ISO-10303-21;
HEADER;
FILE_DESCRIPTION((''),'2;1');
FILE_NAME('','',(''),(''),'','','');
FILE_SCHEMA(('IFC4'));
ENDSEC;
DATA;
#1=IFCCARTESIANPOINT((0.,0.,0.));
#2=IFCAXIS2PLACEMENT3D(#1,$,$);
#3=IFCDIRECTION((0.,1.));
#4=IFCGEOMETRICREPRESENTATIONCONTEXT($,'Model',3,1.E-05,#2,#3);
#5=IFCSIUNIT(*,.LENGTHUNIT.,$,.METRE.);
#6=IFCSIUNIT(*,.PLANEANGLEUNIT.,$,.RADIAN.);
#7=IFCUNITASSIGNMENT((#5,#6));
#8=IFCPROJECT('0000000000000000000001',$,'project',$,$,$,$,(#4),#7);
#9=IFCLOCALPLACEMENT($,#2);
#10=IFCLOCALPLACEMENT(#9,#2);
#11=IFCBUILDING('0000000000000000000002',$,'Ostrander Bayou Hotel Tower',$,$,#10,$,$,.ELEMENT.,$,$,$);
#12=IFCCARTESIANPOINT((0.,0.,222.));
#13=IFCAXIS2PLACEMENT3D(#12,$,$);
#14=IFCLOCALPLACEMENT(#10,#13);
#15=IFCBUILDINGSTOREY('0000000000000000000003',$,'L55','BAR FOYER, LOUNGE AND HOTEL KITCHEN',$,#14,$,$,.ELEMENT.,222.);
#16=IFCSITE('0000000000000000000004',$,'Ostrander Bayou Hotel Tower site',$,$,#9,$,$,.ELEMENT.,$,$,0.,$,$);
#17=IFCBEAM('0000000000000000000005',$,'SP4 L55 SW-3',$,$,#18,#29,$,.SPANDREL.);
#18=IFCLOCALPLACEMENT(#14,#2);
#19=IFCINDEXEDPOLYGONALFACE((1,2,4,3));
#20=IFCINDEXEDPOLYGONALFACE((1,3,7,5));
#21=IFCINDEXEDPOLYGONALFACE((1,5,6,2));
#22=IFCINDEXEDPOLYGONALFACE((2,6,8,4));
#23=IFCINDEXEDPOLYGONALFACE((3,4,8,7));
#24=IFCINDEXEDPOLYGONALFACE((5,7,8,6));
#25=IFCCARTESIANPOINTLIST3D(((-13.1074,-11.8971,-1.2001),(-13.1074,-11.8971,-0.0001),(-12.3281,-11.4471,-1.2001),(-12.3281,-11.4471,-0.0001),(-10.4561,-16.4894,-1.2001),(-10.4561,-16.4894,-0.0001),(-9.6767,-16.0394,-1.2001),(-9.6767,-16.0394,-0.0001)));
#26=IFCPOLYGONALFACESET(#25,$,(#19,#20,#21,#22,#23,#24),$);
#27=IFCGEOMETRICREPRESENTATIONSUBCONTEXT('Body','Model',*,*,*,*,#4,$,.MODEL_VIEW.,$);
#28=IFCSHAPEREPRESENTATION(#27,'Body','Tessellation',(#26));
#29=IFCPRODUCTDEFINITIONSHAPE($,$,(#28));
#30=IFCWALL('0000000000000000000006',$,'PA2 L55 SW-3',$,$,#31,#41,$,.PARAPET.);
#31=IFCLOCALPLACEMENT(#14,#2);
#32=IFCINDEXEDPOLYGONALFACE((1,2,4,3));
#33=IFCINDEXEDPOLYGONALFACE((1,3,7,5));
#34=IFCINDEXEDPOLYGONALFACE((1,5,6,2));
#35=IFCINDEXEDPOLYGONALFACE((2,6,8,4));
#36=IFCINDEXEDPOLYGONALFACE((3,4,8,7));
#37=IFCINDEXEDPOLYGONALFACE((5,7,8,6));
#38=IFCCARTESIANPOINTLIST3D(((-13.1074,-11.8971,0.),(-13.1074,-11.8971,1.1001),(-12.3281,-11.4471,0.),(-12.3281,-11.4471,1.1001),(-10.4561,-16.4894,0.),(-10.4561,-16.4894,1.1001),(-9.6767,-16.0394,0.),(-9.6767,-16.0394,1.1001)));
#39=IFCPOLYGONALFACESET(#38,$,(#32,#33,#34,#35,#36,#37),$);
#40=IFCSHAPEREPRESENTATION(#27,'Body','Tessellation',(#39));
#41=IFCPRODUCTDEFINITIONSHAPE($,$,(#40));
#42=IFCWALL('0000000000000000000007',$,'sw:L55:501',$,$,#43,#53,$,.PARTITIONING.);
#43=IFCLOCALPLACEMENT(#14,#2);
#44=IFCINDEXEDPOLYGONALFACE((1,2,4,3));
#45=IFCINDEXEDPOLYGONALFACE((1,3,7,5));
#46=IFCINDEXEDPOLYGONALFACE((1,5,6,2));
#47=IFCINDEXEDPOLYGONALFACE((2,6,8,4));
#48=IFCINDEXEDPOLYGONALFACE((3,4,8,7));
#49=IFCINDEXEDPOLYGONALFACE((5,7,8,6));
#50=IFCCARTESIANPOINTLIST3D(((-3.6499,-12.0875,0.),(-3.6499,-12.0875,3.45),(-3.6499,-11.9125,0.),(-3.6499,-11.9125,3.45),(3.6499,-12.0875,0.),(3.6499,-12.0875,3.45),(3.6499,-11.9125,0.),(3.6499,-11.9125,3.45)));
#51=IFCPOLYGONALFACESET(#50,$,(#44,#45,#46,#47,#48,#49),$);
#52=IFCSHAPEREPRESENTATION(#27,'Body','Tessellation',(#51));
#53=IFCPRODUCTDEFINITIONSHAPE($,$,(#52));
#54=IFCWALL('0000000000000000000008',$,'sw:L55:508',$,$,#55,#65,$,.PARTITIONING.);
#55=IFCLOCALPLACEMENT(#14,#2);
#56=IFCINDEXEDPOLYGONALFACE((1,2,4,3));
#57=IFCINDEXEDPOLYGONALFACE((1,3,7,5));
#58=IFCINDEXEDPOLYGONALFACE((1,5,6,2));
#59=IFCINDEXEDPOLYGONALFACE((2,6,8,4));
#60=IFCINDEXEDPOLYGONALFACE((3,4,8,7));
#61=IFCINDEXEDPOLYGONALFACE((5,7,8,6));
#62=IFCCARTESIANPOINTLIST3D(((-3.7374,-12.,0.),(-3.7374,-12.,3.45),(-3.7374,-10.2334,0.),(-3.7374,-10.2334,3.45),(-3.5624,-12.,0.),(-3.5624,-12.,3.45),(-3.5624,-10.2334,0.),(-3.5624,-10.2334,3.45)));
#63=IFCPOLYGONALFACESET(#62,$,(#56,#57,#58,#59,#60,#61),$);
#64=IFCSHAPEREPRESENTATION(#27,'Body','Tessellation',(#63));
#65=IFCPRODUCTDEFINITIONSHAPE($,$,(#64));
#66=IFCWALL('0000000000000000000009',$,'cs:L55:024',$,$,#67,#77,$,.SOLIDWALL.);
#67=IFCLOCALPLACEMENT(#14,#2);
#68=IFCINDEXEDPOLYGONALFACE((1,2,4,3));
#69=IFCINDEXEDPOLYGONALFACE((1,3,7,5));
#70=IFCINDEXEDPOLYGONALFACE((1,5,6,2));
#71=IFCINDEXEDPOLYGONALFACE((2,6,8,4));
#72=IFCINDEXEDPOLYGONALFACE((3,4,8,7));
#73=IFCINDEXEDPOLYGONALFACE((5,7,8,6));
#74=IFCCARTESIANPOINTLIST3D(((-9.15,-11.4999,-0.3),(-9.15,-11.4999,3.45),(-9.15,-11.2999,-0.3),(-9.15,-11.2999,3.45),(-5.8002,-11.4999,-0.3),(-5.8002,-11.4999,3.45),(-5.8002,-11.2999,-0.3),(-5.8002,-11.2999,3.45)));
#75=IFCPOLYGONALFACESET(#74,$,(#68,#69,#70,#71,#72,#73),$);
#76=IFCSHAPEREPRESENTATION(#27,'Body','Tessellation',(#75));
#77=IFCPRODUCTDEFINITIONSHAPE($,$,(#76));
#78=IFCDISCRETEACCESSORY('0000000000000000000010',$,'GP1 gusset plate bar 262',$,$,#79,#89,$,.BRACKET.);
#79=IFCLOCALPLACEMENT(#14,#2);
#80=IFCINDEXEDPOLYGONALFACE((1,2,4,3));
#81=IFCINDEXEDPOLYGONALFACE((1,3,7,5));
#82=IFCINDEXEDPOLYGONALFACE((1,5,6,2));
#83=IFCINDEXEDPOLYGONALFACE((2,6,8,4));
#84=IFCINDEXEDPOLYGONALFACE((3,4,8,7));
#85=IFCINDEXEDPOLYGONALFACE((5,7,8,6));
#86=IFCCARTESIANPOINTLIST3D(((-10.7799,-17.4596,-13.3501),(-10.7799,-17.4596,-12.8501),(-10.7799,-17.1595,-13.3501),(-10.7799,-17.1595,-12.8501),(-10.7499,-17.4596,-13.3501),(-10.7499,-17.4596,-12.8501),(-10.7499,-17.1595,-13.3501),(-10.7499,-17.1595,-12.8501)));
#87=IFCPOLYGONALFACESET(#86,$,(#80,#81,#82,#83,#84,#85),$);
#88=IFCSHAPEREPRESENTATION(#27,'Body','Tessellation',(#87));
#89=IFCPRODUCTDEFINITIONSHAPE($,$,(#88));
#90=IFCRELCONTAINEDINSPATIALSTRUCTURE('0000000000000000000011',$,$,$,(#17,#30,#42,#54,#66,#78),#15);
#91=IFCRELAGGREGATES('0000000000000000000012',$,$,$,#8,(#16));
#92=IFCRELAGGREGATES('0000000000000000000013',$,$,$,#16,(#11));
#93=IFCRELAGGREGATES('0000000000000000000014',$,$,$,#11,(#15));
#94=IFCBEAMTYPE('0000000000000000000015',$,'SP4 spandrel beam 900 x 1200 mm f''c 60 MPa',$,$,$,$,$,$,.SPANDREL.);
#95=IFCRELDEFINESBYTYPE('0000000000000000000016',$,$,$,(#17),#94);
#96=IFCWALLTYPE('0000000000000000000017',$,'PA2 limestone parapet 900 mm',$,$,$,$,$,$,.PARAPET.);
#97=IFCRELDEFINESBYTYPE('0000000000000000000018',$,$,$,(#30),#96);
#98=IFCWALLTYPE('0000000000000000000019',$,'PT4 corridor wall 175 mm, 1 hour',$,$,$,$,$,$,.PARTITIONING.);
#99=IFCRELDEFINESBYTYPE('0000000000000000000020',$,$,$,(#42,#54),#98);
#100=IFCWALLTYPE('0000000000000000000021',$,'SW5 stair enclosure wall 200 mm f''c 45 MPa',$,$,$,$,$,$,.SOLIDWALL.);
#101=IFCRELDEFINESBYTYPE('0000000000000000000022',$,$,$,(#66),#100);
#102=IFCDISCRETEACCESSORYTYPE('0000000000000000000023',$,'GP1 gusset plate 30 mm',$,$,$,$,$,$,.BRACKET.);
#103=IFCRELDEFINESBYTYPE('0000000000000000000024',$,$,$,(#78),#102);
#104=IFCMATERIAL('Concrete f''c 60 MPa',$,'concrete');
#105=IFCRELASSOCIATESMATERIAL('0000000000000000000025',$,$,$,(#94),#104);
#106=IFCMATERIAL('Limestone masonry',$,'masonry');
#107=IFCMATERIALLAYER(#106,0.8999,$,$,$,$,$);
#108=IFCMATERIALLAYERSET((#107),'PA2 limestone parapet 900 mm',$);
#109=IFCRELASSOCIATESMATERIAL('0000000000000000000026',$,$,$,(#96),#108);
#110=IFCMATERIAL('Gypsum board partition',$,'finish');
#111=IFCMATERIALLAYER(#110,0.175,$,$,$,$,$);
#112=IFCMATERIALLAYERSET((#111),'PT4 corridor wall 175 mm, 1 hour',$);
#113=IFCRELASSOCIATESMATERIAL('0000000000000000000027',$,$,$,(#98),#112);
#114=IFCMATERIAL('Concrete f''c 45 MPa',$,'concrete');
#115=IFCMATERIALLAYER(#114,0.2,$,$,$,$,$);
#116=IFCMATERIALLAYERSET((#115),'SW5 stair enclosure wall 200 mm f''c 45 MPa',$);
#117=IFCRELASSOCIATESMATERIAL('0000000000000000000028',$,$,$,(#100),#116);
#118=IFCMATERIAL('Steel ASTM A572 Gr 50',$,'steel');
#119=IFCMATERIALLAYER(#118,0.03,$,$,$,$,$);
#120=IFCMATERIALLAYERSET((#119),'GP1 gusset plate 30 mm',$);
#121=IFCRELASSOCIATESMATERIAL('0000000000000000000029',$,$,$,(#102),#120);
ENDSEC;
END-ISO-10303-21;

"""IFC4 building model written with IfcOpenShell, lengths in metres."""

from ifc_helpers import new_model, si_unit, direction, frame, frame_2d, origin, origin_2d, place, context, subcontext, project, spatial, rectangle, extrude, material, layer, layer_set, material_profile, profile_set, type_object, element, save


model = new_model("IFC4")

# Units and contexts
model_context = context("Model", 3, precision=1e-05, world=origin(), true_north=direction((0.0, 1.0)))
body_context = subcontext(model_context, "Body", "Model", "MODEL_VIEW")
ifc_project = project(units=[si_unit("LENGTHUNIT", "METRE"), si_unit("PLANEANGLEUNIT", "RADIAN")], contexts=[model_context])

# Site, building, storey
site_placement = place(None, origin())
site = spatial("IfcSite", under=ifc_project, at=site_placement, Name="Ostrander Bayou Hotel Tower site", CompositionType="ELEMENT", RefElevation=0.0)
building_placement = place(site_placement, origin())
building = spatial("IfcBuilding", under=site, at=building_placement, Name="Ostrander Bayou Hotel Tower", CompositionType="ELEMENT")
storey_placement = place(building_placement, frame((0.0, 0.0, 222.0)))
storey = spatial("IfcBuildingStorey", under=building, at=storey_placement, Name="L55", Description="BAR FOYER, LOUNGE AND HOTEL KITCHEN", CompositionType="ELEMENT", Elevation=222.0)

# Beam
ifc_material_1 = material(Name="Concrete f'c 60 MPa", Category="concrete")
ifc_material_profile_1 = material_profile(ifc_material_1, rectangle(XDim=0.8999, YDim=1.2, at=origin_2d()))
ifc_profile_set_1 = profile_set([ifc_material_profile_1], Name="Concrete f'c 60 MPa")
beam_type_1 = type_object("IfcBeamType", Name="SP4 spandrel beam 900 x 1200 mm f'c 60 MPa", PredefinedType="SPANDREL", material=ifc_profile_set_1)
beam_1_placement = place(storey_placement, frame((-12.7178, -11.6721, -0.6001), z_axis=(0.500001, -0.866025, 0.0), x_axis=(0.866025, 0.500001, 0.0)))
element("IfcBeam", 1, at=beam_1_placement, inside=storey, type_object=beam_type_1, Name="SP4 L55 SW-3", PredefinedType="SPANDREL", context=body_context, shape_type="SweptSolid", body=[
    extrude(rectangle(XDim=0.8999, YDim=1.2, at=origin_2d()), origin(), (0.0, 0.0, 1.0), 5.3027),
])

# Wall
ifc_material_2 = material(Name="Limestone masonry", Category="masonry")
ifc_layer_1 = layer(ifc_material_2, 0.8999)
ifc_layer_set_1 = layer_set([ifc_layer_1], Name="PA2 limestone parapet 900 mm")
wall_type_1 = type_object("IfcWallType", Name="PA2 limestone parapet 900 mm", PredefinedType="PARAPET", material=ifc_layer_set_1)
wall_1_placement = place(storey_placement, frame((-12.7178, -11.6721, 0.0), z_axis=(0.0, 0.0, 1.0), x_axis=(0.500001, -0.866025, 0.0)))
element("IfcWall", 2, at=wall_1_placement, inside=storey, type_object=wall_type_1, Name="PA2 L55 SW-3", PredefinedType="PARAPET", context=body_context, shape_type="SweptSolid", body=[
    extrude(rectangle(XDim=5.3027, YDim=0.8999, at=frame_2d((2.6514, 0.0))), origin(), (0.0, 0.0, 1.0), 1.1001),
])

# Shared definitions
ifc_material_3 = material(Name="Gypsum board partition", Category="finish")
ifc_layer_2 = layer(ifc_material_3, 0.175)
ifc_layer_set_2 = layer_set([ifc_layer_2], Name="PT4 corridor wall 175 mm, 1 hour")
wall_type_2 = type_object("IfcWallType", Name="PT4 corridor wall 175 mm, 1 hour", PredefinedType="PARTITIONING", material=ifc_layer_set_2)

# Wall
wall_2_placement = place(storey_placement, frame((-3.6499, -12.0, 0.0), z_axis=(0.0, 0.0, 1.0), x_axis=(1.0, 0.0, 0.0)))
element("IfcWall", 3, at=wall_2_placement, inside=storey, type_object=wall_type_2, Name="sw:L55:501", PredefinedType="PARTITIONING", context=body_context, shape_type="SweptSolid", body=[
    extrude(rectangle(XDim=7.2998, YDim=0.175, at=frame_2d((3.6499, 0.0))), origin(), (0.0, 0.0, 1.0), 3.45),
])

# Walls
wall_3_placement = place(storey_placement, frame((-3.6499, -12.0, 0.0), z_axis=(0.0, 0.0, 1.0), x_axis=(0.0, 1.0, 0.0)))
element("IfcWall", 4, at=wall_3_placement, inside=storey, type_object=wall_type_2, Name="sw:L55:508", PredefinedType="PARTITIONING", context=body_context, shape_type="SweptSolid", body=[
    extrude(rectangle(XDim=1.7666, YDim=0.175, at=frame_2d((0.8833, 0.0))), origin(), (0.0, 0.0, 1.0), 3.45),
])
ifc_material_4 = material(Name="Concrete f'c 45 MPa", Category="concrete")
ifc_layer_3 = layer(ifc_material_4, 0.2)
ifc_layer_set_3 = layer_set([ifc_layer_3], Name="SW5 stair enclosure wall 200 mm f'c 45 MPa")
wall_type_3 = type_object("IfcWallType", Name="SW5 stair enclosure wall 200 mm f'c 45 MPa", PredefinedType="SOLIDWALL", material=ifc_layer_set_3)
wall_4_placement = place(storey_placement, frame((-9.1499, -11.3999, -0.3), z_axis=(0.0, 0.0, 1.0), x_axis=(1.0, 0.0, 0.0)))
element("IfcWall", 5, at=wall_4_placement, inside=storey, type_object=wall_type_3, Name="cs:L55:024", PredefinedType="SOLIDWALL", context=body_context, shape_type="SweptSolid", body=[
    extrude(rectangle(XDim=3.3499, YDim=0.2, at=frame_2d((1.6748, 0.0))), origin(), (0.0, 0.0, 1.0), 3.75),
])

# Discrete accessory
ifc_material_5 = material(Name="Steel ASTM A572 Gr 50", Category="steel")
ifc_layer_4 = layer(ifc_material_5, 0.03)
ifc_layer_set_4 = layer_set([ifc_layer_4], Name="GP1 gusset plate 30 mm")
discrete_accessory_type = type_object("IfcDiscreteAccessoryType", Name="GP1 gusset plate 30 mm", PredefinedType="BRACKET", material=ifc_layer_set_4)
discrete_accessory_placement = place(storey_placement, frame((-10.7649, -17.3096, -13.3501), z_axis=(0.0, 0.0, 1.0), x_axis=(0.0, 1.0, 0.0)))
element("IfcDiscreteAccessory", 6, at=discrete_accessory_placement, inside=storey, type_object=discrete_accessory_type, Name="GP1 gusset plate bar 262", PredefinedType="BRACKET", context=body_context, shape_type="SweptSolid", body=[
    extrude(rectangle(XDim=0.3, YDim=0.03, at=origin_2d()), origin(), (0.0, 0.0, 1.0), 0.5),
])

save(model, "model.ifc")
